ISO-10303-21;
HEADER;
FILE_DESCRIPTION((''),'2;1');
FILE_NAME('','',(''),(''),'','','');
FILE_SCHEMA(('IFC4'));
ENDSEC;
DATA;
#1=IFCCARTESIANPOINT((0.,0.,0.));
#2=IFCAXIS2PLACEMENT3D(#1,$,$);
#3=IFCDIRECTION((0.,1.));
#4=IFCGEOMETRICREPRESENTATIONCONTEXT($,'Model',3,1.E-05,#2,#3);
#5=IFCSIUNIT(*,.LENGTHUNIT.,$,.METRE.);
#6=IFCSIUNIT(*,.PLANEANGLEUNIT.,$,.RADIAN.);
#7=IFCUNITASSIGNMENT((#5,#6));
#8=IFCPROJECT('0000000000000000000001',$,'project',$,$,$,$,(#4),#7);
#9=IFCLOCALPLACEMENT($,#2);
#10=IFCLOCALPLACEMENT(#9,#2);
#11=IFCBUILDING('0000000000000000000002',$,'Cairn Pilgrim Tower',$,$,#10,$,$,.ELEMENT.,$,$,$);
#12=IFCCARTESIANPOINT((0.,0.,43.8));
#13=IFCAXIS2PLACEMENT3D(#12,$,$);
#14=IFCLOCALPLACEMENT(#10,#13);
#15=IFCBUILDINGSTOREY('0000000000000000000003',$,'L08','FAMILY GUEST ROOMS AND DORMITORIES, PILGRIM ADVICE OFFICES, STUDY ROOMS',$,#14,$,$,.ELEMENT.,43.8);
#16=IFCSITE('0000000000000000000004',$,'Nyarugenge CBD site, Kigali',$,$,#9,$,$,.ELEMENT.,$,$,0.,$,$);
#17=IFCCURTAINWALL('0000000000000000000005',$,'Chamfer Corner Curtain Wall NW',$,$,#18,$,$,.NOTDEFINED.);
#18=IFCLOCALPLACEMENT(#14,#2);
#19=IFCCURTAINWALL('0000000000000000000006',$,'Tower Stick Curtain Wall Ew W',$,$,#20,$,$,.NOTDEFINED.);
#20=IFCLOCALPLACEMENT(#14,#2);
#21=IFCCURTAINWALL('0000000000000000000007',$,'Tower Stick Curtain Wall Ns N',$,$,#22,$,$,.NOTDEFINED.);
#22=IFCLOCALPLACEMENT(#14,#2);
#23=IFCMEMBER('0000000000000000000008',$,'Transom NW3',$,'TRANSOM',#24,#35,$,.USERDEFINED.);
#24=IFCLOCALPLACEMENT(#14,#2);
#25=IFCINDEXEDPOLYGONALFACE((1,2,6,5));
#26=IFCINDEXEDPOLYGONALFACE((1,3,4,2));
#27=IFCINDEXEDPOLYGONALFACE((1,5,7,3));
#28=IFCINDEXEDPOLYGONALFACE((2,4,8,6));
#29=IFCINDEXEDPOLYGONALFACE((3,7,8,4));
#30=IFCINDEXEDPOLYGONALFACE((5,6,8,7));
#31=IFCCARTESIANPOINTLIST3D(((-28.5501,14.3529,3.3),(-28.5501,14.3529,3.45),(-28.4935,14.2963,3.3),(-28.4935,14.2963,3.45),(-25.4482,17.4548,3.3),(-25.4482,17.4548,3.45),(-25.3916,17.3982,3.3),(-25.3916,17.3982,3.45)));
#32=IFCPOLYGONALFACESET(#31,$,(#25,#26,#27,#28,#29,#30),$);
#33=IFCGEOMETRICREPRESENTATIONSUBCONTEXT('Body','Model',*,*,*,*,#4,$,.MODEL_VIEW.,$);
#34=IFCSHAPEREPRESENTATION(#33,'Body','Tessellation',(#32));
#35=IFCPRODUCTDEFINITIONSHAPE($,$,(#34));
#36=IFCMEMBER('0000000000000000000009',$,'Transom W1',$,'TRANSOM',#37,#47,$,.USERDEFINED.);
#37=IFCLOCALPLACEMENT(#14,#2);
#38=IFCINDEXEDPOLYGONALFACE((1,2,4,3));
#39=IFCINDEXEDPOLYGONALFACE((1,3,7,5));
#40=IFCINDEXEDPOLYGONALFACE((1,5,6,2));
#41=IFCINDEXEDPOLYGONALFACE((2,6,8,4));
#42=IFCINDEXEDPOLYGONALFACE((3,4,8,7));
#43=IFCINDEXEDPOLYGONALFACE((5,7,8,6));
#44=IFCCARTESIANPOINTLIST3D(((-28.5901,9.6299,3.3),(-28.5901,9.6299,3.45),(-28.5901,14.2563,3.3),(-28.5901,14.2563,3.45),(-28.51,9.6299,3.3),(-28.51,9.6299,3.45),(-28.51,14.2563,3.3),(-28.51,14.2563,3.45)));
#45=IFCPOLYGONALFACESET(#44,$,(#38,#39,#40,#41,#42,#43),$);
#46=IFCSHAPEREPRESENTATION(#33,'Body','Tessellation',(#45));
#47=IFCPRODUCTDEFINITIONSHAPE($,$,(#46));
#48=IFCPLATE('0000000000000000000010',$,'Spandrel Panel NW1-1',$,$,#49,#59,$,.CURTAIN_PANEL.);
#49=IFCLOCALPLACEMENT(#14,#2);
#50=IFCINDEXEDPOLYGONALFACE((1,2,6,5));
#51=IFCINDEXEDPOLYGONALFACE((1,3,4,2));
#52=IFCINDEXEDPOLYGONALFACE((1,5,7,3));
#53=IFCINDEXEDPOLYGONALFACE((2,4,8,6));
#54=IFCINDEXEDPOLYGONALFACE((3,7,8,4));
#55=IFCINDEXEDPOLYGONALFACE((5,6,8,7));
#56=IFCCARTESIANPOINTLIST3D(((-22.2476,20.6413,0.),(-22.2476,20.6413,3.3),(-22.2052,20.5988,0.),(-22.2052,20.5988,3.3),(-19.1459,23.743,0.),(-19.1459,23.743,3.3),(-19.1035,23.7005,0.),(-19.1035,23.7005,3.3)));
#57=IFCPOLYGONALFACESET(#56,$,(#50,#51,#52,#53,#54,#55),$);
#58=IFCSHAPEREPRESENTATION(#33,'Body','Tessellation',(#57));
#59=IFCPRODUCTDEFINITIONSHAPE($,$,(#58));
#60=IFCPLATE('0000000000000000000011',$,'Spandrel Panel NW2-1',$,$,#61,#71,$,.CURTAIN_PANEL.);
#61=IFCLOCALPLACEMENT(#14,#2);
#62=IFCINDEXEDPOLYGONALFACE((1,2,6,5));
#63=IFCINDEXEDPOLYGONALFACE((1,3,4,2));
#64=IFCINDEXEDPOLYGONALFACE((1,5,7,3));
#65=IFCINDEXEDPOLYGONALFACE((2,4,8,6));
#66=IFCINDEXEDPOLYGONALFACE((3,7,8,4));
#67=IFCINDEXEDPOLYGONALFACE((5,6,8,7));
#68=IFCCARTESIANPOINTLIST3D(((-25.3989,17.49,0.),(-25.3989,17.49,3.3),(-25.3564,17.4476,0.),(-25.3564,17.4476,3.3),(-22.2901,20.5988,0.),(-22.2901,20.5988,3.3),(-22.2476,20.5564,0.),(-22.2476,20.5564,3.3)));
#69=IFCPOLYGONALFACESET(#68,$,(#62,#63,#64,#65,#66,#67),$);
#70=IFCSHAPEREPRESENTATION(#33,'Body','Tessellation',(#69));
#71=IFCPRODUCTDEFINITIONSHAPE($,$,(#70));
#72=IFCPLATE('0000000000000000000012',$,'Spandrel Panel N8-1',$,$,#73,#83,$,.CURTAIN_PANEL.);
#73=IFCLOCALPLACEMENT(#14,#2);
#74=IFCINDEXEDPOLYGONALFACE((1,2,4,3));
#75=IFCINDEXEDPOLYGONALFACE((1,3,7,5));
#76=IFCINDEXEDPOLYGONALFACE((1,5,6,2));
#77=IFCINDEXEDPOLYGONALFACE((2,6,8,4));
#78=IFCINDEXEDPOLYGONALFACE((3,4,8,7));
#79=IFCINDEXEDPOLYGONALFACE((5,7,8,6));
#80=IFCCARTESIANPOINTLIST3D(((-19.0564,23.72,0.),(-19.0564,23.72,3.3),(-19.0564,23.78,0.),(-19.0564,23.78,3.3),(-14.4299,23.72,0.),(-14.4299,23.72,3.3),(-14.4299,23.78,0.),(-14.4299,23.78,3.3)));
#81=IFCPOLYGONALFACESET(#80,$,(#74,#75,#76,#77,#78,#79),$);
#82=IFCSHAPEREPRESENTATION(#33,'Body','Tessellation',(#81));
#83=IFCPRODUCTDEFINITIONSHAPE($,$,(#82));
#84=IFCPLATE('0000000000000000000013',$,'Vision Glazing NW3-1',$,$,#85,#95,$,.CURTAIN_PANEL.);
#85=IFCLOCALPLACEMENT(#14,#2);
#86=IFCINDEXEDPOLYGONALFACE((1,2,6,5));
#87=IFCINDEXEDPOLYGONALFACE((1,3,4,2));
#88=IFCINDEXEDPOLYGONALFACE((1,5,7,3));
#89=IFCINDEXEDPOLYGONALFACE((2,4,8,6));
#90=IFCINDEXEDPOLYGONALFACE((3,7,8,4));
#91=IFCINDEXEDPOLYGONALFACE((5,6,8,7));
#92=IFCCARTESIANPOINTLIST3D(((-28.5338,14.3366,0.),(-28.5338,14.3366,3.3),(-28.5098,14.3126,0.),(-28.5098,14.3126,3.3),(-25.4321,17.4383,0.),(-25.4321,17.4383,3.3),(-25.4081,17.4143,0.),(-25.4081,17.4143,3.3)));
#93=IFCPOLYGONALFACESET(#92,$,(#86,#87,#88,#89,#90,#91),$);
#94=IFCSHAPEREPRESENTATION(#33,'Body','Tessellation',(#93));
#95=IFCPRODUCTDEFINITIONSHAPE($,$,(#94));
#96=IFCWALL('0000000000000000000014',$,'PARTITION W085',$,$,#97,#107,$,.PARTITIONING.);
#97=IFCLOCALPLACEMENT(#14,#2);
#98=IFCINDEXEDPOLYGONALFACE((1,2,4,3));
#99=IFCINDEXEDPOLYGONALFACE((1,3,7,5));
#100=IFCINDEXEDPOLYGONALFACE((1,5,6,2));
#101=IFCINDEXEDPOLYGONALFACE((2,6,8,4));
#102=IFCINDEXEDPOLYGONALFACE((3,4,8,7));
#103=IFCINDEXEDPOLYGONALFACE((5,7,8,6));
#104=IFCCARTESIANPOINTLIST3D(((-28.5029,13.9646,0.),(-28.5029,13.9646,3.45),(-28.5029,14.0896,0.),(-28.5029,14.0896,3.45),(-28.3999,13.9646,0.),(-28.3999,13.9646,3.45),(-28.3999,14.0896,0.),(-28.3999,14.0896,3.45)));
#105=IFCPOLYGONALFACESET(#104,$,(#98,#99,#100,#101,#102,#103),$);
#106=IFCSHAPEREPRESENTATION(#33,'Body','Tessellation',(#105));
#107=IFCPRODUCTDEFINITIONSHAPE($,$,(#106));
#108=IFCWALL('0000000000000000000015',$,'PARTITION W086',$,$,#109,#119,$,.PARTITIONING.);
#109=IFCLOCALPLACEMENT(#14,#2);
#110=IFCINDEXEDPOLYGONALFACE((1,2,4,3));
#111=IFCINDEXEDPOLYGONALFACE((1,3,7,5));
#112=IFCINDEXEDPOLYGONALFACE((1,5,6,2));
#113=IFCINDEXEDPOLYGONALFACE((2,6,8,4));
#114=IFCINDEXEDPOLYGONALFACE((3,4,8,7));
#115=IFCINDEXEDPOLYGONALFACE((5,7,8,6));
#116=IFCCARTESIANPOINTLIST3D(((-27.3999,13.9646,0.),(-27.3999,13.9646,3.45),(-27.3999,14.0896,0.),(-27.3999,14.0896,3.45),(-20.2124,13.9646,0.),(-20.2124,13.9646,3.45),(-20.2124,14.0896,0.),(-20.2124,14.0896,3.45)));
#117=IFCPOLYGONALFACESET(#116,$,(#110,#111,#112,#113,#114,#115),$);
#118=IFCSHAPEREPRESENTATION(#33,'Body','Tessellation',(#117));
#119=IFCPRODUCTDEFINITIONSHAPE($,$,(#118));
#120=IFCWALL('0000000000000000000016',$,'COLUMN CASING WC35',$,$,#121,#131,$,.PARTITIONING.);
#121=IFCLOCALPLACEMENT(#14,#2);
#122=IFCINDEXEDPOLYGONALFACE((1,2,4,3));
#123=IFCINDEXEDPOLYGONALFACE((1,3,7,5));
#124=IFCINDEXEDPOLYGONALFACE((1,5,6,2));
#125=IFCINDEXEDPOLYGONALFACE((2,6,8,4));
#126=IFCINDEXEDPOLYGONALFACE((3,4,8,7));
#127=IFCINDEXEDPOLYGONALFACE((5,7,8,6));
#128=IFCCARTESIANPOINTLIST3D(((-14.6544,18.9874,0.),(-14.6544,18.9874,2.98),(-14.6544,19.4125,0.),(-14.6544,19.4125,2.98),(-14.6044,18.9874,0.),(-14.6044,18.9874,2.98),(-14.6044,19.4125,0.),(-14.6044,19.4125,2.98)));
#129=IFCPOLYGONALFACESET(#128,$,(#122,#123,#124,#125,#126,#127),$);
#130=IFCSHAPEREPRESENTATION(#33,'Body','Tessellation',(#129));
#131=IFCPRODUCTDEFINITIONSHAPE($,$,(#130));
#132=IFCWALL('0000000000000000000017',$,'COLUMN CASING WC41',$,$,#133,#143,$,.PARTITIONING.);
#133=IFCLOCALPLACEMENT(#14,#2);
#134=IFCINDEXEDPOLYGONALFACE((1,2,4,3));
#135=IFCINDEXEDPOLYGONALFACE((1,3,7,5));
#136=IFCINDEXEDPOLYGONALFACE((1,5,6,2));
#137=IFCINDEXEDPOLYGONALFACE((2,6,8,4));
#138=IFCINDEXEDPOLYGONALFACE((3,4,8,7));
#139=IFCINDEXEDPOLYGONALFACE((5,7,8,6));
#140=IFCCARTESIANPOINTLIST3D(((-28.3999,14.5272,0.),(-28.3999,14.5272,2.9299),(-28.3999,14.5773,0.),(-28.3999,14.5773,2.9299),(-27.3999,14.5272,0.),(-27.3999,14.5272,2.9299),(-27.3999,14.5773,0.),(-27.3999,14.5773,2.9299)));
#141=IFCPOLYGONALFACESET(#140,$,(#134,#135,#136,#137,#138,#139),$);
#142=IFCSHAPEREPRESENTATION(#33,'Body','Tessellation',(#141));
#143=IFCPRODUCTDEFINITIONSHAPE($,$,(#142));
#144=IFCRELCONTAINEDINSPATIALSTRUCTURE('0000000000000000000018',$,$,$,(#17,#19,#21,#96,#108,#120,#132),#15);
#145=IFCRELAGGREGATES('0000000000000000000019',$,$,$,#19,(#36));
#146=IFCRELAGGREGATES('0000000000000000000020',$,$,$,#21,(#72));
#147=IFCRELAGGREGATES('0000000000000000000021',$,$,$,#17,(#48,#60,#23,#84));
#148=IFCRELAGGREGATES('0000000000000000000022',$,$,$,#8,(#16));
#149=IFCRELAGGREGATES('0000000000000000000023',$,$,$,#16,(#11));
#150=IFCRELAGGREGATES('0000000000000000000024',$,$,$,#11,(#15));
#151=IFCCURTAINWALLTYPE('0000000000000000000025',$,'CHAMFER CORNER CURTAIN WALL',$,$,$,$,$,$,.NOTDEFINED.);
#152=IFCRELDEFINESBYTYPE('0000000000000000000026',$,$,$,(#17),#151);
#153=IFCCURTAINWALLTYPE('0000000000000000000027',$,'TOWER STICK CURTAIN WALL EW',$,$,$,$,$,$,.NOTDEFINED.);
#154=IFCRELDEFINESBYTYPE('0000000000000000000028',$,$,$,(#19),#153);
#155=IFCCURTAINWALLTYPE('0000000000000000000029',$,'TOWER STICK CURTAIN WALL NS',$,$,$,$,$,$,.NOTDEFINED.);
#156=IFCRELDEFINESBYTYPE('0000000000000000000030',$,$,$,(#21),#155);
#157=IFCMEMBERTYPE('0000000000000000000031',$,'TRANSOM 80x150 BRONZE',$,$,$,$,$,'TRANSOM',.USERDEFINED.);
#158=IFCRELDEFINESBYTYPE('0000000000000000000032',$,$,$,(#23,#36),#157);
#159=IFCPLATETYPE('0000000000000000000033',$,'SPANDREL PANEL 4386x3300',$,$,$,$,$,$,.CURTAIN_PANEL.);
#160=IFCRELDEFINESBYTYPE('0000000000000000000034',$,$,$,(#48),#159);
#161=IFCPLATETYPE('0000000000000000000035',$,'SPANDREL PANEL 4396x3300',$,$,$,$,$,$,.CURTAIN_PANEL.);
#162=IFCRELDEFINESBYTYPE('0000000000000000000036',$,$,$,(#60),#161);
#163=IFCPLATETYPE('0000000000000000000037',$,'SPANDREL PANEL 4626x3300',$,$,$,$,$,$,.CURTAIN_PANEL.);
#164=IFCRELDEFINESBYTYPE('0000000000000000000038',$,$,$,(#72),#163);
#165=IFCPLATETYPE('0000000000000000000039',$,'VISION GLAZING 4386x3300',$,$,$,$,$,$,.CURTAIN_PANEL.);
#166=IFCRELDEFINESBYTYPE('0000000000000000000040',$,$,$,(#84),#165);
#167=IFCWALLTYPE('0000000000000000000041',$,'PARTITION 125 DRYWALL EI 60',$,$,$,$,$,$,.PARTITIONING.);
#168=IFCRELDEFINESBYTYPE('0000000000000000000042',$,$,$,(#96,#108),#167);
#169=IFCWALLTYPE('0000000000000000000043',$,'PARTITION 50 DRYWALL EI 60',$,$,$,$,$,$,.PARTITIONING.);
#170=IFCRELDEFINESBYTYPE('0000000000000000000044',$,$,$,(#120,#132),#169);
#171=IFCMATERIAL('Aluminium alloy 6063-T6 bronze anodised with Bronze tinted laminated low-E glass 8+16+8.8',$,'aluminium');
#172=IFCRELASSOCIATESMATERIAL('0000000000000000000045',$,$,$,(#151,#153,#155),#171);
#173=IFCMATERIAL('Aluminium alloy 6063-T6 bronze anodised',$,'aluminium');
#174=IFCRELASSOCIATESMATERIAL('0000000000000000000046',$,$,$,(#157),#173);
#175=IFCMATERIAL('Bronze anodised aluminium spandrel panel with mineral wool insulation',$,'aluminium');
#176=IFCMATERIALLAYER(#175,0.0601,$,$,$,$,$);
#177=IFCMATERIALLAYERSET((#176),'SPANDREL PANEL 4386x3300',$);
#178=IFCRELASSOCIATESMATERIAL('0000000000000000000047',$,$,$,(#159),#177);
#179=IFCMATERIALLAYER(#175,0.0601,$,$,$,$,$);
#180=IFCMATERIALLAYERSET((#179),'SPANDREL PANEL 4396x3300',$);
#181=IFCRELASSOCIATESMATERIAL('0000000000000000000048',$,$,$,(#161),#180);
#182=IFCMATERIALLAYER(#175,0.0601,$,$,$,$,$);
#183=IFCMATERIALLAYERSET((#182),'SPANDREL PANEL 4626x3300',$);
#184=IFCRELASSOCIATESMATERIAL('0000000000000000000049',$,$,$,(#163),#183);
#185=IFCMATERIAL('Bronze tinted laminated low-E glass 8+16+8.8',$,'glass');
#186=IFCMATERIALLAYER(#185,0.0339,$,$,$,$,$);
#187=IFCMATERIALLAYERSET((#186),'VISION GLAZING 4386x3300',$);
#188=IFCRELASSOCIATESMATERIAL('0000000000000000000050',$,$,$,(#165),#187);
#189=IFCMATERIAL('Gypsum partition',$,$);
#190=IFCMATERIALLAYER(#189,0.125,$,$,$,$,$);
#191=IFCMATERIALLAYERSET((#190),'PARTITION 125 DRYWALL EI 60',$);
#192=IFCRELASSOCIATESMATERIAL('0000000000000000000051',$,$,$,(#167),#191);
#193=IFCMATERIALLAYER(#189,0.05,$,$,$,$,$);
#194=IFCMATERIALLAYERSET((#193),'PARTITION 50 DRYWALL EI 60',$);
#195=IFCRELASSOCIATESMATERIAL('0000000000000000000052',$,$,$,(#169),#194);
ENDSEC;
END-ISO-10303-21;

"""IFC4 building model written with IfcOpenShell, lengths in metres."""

from ifc_helpers import new_model, si_unit, direction, frame, frame_2d, origin, origin_2d, place, context, subcontext, project, spatial, rectangle, extrude, material, layer, layer_set, material_profile, profile_set, type_object, element, aggregate, save


model = new_model("IFC4")

# Units and contexts
model_context = context("Model", 3, precision=1e-05, world=origin(), true_north=direction((0.0, 1.0)))
body_context = subcontext(model_context, "Body", "Model", "MODEL_VIEW")
ifc_project = project(units=[si_unit("LENGTHUNIT", "METRE"), si_unit("PLANEANGLEUNIT", "RADIAN")], contexts=[model_context])

# Site, building, storey
site_placement = place(None, origin())
site = spatial("IfcSite", under=ifc_project, at=site_placement, Name="Nyarugenge CBD site, Kigali", CompositionType="ELEMENT", RefElevation=0.0)
building_placement = place(site_placement, origin())
building = spatial("IfcBuilding", under=site, at=building_placement, Name="Cairn Pilgrim Tower", CompositionType="ELEMENT")
storey_placement = place(building_placement, frame((0.0, 0.0, 43.8)))
storey = spatial("IfcBuildingStorey", under=building, at=storey_placement, Name="L08", Description="FAMILY GUEST ROOMS AND DORMITORIES, PILGRIM ADVICE OFFICES, STUDY ROOMS", CompositionType="ELEMENT", Elevation=43.8)

# Curtain wall
ifc_material_1 = material(Name="Aluminium alloy 6063-T6 bronze anodised with Bronze tinted laminated low-E glass 8+16+8.8", Category="aluminium")
curtain_wall_type_1 = type_object("IfcCurtainWallType", Name="CHAMFER CORNER CURTAIN WALL", PredefinedType="NOTDEFINED", material=ifc_material_1)
curtain_wall_1_placement = place(storey_placement, origin())
curtain_wall_1 = element("IfcCurtainWall", 1, at=curtain_wall_1_placement, inside=storey, type_object=curtain_wall_type_1, Name="Chamfer Corner Curtain Wall NW", PredefinedType="NOTDEFINED")
ifc_material_2 = material(Name="Aluminium alloy 6063-T6 bronze anodised", Category="aluminium")

# Curtain wall
curtain_wall_type_2 = type_object("IfcCurtainWallType", Name="TOWER STICK CURTAIN WALL EW", PredefinedType="NOTDEFINED", material=ifc_material_1)
curtain_wall_2_placement = place(storey_placement, origin())
curtain_wall_2 = element("IfcCurtainWall", 2, at=curtain_wall_2_placement, inside=storey, type_object=curtain_wall_type_2, Name="Tower Stick Curtain Wall Ew W", PredefinedType="NOTDEFINED")

# Curtain wall
curtain_wall_type_3 = type_object("IfcCurtainWallType", Name="TOWER STICK CURTAIN WALL NS", PredefinedType="NOTDEFINED", material=ifc_material_1)
curtain_wall_3_placement = place(storey_placement, origin())
curtain_wall_3 = element("IfcCurtainWall", 3, at=curtain_wall_3_placement, inside=storey, type_object=curtain_wall_type_3, Name="Tower Stick Curtain Wall Ns N", PredefinedType="NOTDEFINED")
ifc_material_profile_1 = material_profile(ifc_material_2, rectangle(XDim=0.0801, YDim=0.1499, at=origin_2d()), Name="TRANSOM 80x150 BRONZE")
ifc_profile_set_1 = profile_set([ifc_material_profile_1], Name="Aluminium alloy 6063-T6 bronze anodised")
member_type_1 = type_object("IfcMemberType", Name="TRANSOM 80x150 BRONZE", ElementType="TRANSOM", PredefinedType="USERDEFINED", material=ifc_profile_set_1)

# Members
member_1_placement = place(storey_placement, frame((-25.4199, 17.4265, 3.375), z_axis=(-0.707107, -0.707107, 0.0), x_axis=(0.707107, -0.707107, 0.0)))
member_1 = element("IfcMember", 4, at=member_1_placement, type_object=member_type_1, Name="Transom NW3", ObjectType="TRANSOM", PredefinedType="USERDEFINED", context=body_context, shape_type="SweptSolid", body=[
    extrude(rectangle(XDim=0.0801, YDim=0.1499, at=origin_2d()), origin(), (0.0, 0.0, 1.0), 4.3867),
])
member_2_placement = place(storey_placement, frame((-28.55, 14.2563, 3.375), z_axis=(0.0, -1.0, 0.0), x_axis=(1.0, 0.0, 0.0)))
member_2 = element("IfcMember", 5, at=member_2_placement, type_object=member_type_1, Name="Transom W1", ObjectType="TRANSOM", PredefinedType="USERDEFINED", context=body_context, shape_type="SweptSolid", body=[
    extrude(rectangle(XDim=0.0801, YDim=0.1499, at=origin_2d()), origin(), (0.0, 0.0, 1.0), 4.6265),
])
aggregate(curtain_wall_2, [member_2])

# Plates
ifc_material_3 = material(Name="Bronze anodised aluminium spandrel panel with mineral wool insulation", Category="aluminium")
ifc_layer_1 = layer(ifc_material_3, 0.0601)
ifc_layer_set_1 = layer_set([ifc_layer_1], Name="SPANDREL PANEL 4386x3300")
plate_type_1 = type_object("IfcPlateType", Name="SPANDREL PANEL 4386x3300", PredefinedType="CURTAIN_PANEL", material=ifc_layer_set_1)
plate_1_placement = place(storey_placement, frame((-20.6755, 22.1709, 0.0), z_axis=(0.0, 0.0, 1.0), x_axis=(-0.707107, -0.707107, 0.0)))
plate_1 = element("IfcPlate", 6, at=plate_1_placement, type_object=plate_type_1, Name="Spandrel Panel NW1-1", PredefinedType="CURTAIN_PANEL", context=body_context, shape_type="SweptSolid", body=[
    extrude(rectangle(XDim=4.3865, YDim=0.0601, at=origin_2d()), origin(), (0.0, 0.0, 1.0), 3.3),
])
ifc_layer_2 = layer(ifc_material_3, 0.0601)
ifc_layer_set_2 = layer_set([ifc_layer_2], Name="SPANDREL PANEL 4396x3300")
plate_type_2 = type_object("IfcPlateType", Name="SPANDREL PANEL 4396x3300", PredefinedType="CURTAIN_PANEL", material=ifc_layer_set_2)
plate_2_placement = place(storey_placement, frame((-23.8232, 19.0232, 0.0), z_axis=(0.0, 0.0, 1.0), x_axis=(-0.707107, -0.707107, 0.0)))
plate_2 = element("IfcPlate", 7, at=plate_2_placement, type_object=plate_type_2, Name="Spandrel Panel NW2-1", PredefinedType="CURTAIN_PANEL", context=body_context, shape_type="SweptSolid", body=[
    extrude(rectangle(XDim=4.3965, YDim=0.0601, at=origin_2d()), origin(), (0.0, 0.0, 1.0), 3.3),
])
ifc_layer_3 = layer(ifc_material_3, 0.0601)
ifc_layer_set_3 = layer_set([ifc_layer_3], Name="SPANDREL PANEL 4626x3300")
plate_type_3 = type_object("IfcPlateType", Name="SPANDREL PANEL 4626x3300", PredefinedType="CURTAIN_PANEL", material=ifc_layer_set_3)
plate_3_placement = place(storey_placement, frame((-16.7432, 23.75, 0.0), z_axis=(0.0, 0.0, 1.0), x_axis=(-1.0, 0.0, 0.0)))
plate_3 = element("IfcPlate", 8, at=plate_3_placement, type_object=plate_type_3, Name="Spandrel Panel N8-1", PredefinedType="CURTAIN_PANEL", context=body_context, shape_type="SweptSolid", body=[
    extrude(rectangle(XDim=4.6265, YDim=0.0601, at=origin_2d()), origin(), (0.0, 0.0, 1.0), 3.3),
])
aggregate(curtain_wall_3, [plate_3])
ifc_material_4 = material(Name="Bronze tinted laminated low-E glass 8+16+8.8", Category="glass")
ifc_layer_4 = layer(ifc_material_4, 0.0339)
ifc_layer_set_4 = layer_set([ifc_layer_4], Name="VISION GLAZING 4386x3300")
plate_type_4 = type_object("IfcPlateType", Name="VISION GLAZING 4386x3300", PredefinedType="CURTAIN_PANEL", material=ifc_layer_set_4)
plate_4_placement = place(storey_placement, frame((-26.9709, 15.8755, 0.0), z_axis=(0.0, 0.0, 1.0), x_axis=(-0.707107, -0.707107, 0.0)))
plate_4 = element("IfcPlate", 9, at=plate_4_placement, type_object=plate_type_4, Name="Vision Glazing NW3-1", PredefinedType="CURTAIN_PANEL", context=body_context, shape_type="SweptSolid", body=[
    extrude(rectangle(XDim=4.3865, YDim=0.0339, at=origin_2d()), origin(), (0.0, 0.0, 1.0), 3.3),
])
aggregate(curtain_wall_1, [plate_1, plate_2, member_1, plate_4])

# Walls
ifc_material_5 = material(Name="Gypsum partition")
ifc_layer_5 = layer(ifc_material_5, 0.125)
ifc_layer_set_5 = layer_set([ifc_layer_5], Name="PARTITION 125 DRYWALL EI 60")
wall_type_1 = type_object("IfcWallType", Name="PARTITION 125 DRYWALL EI 60", PredefinedType="PARTITIONING", material=ifc_layer_set_5)
wall_1_placement = place(storey_placement, frame((-28.5029, 14.0271, 0.0), z_axis=(0.0, 0.0, 1.0), x_axis=(1.0, 0.0, 0.0)))
element("IfcWall", 10, at=wall_1_placement, inside=storey, type_object=wall_type_1, Name="PARTITION W085", PredefinedType="PARTITIONING", context=body_context, shape_type="SweptSolid", body=[
    extrude(rectangle(XDim=0.103, YDim=0.125, at=frame_2d((0.0515, 0.0))), origin(), (0.0, 0.0, 1.0), 3.45),
])
wall_2_placement = place(storey_placement, frame((-27.3999, 14.0271, 0.0), z_axis=(0.0, 0.0, 1.0), x_axis=(1.0, 0.0, 0.0)))
element("IfcWall", 11, at=wall_2_placement, inside=storey, type_object=wall_type_1, Name="PARTITION W086", PredefinedType="PARTITIONING", context=body_context, shape_type="SweptSolid", body=[
    extrude(rectangle(XDim=7.1875, YDim=0.125, at=frame_2d((3.5938, 0.0))), origin(), (0.0, 0.0, 1.0), 3.45),
])
ifc_layer_6 = layer(ifc_material_5, 0.05)
ifc_layer_set_6 = layer_set([ifc_layer_6], Name="PARTITION 50 DRYWALL EI 60")
wall_type_2 = type_object("IfcWallType", Name="PARTITION 50 DRYWALL EI 60", PredefinedType="PARTITIONING", material=ifc_layer_set_6)
wall_3_placement = place(storey_placement, frame((-14.6294, 18.9875, 0.0), z_axis=(0.0, 0.0, 1.0), x_axis=(0.0, 1.0, 0.0)))
element("IfcWall", 12, at=wall_3_placement, inside=storey, type_object=wall_type_2, Name="COLUMN CASING WC35", PredefinedType="PARTITIONING", context=body_context, shape_type="SweptSolid", body=[
    extrude(rectangle(XDim=0.425, YDim=0.05, at=frame_2d((0.2124, 0.0))), origin(), (0.0, 0.0, 1.0), 2.98),
])
wall_4_placement = place(storey_placement, frame((-28.3999, 14.5522, 0.0), z_axis=(0.0, 0.0, 1.0), x_axis=(1.0, 0.0, 0.0)))
element("IfcWall", 13, at=wall_4_placement, inside=storey, type_object=wall_type_2, Name="COLUMN CASING WC41", PredefinedType="PARTITIONING", context=body_context, shape_type="SweptSolid", body=[
    extrude(rectangle(XDim=1.0, YDim=0.05, at=frame_2d((0.5, 0.0))), origin(), (0.0, 0.0, 1.0), 2.9299),
])

save(model, "model.ifc")
